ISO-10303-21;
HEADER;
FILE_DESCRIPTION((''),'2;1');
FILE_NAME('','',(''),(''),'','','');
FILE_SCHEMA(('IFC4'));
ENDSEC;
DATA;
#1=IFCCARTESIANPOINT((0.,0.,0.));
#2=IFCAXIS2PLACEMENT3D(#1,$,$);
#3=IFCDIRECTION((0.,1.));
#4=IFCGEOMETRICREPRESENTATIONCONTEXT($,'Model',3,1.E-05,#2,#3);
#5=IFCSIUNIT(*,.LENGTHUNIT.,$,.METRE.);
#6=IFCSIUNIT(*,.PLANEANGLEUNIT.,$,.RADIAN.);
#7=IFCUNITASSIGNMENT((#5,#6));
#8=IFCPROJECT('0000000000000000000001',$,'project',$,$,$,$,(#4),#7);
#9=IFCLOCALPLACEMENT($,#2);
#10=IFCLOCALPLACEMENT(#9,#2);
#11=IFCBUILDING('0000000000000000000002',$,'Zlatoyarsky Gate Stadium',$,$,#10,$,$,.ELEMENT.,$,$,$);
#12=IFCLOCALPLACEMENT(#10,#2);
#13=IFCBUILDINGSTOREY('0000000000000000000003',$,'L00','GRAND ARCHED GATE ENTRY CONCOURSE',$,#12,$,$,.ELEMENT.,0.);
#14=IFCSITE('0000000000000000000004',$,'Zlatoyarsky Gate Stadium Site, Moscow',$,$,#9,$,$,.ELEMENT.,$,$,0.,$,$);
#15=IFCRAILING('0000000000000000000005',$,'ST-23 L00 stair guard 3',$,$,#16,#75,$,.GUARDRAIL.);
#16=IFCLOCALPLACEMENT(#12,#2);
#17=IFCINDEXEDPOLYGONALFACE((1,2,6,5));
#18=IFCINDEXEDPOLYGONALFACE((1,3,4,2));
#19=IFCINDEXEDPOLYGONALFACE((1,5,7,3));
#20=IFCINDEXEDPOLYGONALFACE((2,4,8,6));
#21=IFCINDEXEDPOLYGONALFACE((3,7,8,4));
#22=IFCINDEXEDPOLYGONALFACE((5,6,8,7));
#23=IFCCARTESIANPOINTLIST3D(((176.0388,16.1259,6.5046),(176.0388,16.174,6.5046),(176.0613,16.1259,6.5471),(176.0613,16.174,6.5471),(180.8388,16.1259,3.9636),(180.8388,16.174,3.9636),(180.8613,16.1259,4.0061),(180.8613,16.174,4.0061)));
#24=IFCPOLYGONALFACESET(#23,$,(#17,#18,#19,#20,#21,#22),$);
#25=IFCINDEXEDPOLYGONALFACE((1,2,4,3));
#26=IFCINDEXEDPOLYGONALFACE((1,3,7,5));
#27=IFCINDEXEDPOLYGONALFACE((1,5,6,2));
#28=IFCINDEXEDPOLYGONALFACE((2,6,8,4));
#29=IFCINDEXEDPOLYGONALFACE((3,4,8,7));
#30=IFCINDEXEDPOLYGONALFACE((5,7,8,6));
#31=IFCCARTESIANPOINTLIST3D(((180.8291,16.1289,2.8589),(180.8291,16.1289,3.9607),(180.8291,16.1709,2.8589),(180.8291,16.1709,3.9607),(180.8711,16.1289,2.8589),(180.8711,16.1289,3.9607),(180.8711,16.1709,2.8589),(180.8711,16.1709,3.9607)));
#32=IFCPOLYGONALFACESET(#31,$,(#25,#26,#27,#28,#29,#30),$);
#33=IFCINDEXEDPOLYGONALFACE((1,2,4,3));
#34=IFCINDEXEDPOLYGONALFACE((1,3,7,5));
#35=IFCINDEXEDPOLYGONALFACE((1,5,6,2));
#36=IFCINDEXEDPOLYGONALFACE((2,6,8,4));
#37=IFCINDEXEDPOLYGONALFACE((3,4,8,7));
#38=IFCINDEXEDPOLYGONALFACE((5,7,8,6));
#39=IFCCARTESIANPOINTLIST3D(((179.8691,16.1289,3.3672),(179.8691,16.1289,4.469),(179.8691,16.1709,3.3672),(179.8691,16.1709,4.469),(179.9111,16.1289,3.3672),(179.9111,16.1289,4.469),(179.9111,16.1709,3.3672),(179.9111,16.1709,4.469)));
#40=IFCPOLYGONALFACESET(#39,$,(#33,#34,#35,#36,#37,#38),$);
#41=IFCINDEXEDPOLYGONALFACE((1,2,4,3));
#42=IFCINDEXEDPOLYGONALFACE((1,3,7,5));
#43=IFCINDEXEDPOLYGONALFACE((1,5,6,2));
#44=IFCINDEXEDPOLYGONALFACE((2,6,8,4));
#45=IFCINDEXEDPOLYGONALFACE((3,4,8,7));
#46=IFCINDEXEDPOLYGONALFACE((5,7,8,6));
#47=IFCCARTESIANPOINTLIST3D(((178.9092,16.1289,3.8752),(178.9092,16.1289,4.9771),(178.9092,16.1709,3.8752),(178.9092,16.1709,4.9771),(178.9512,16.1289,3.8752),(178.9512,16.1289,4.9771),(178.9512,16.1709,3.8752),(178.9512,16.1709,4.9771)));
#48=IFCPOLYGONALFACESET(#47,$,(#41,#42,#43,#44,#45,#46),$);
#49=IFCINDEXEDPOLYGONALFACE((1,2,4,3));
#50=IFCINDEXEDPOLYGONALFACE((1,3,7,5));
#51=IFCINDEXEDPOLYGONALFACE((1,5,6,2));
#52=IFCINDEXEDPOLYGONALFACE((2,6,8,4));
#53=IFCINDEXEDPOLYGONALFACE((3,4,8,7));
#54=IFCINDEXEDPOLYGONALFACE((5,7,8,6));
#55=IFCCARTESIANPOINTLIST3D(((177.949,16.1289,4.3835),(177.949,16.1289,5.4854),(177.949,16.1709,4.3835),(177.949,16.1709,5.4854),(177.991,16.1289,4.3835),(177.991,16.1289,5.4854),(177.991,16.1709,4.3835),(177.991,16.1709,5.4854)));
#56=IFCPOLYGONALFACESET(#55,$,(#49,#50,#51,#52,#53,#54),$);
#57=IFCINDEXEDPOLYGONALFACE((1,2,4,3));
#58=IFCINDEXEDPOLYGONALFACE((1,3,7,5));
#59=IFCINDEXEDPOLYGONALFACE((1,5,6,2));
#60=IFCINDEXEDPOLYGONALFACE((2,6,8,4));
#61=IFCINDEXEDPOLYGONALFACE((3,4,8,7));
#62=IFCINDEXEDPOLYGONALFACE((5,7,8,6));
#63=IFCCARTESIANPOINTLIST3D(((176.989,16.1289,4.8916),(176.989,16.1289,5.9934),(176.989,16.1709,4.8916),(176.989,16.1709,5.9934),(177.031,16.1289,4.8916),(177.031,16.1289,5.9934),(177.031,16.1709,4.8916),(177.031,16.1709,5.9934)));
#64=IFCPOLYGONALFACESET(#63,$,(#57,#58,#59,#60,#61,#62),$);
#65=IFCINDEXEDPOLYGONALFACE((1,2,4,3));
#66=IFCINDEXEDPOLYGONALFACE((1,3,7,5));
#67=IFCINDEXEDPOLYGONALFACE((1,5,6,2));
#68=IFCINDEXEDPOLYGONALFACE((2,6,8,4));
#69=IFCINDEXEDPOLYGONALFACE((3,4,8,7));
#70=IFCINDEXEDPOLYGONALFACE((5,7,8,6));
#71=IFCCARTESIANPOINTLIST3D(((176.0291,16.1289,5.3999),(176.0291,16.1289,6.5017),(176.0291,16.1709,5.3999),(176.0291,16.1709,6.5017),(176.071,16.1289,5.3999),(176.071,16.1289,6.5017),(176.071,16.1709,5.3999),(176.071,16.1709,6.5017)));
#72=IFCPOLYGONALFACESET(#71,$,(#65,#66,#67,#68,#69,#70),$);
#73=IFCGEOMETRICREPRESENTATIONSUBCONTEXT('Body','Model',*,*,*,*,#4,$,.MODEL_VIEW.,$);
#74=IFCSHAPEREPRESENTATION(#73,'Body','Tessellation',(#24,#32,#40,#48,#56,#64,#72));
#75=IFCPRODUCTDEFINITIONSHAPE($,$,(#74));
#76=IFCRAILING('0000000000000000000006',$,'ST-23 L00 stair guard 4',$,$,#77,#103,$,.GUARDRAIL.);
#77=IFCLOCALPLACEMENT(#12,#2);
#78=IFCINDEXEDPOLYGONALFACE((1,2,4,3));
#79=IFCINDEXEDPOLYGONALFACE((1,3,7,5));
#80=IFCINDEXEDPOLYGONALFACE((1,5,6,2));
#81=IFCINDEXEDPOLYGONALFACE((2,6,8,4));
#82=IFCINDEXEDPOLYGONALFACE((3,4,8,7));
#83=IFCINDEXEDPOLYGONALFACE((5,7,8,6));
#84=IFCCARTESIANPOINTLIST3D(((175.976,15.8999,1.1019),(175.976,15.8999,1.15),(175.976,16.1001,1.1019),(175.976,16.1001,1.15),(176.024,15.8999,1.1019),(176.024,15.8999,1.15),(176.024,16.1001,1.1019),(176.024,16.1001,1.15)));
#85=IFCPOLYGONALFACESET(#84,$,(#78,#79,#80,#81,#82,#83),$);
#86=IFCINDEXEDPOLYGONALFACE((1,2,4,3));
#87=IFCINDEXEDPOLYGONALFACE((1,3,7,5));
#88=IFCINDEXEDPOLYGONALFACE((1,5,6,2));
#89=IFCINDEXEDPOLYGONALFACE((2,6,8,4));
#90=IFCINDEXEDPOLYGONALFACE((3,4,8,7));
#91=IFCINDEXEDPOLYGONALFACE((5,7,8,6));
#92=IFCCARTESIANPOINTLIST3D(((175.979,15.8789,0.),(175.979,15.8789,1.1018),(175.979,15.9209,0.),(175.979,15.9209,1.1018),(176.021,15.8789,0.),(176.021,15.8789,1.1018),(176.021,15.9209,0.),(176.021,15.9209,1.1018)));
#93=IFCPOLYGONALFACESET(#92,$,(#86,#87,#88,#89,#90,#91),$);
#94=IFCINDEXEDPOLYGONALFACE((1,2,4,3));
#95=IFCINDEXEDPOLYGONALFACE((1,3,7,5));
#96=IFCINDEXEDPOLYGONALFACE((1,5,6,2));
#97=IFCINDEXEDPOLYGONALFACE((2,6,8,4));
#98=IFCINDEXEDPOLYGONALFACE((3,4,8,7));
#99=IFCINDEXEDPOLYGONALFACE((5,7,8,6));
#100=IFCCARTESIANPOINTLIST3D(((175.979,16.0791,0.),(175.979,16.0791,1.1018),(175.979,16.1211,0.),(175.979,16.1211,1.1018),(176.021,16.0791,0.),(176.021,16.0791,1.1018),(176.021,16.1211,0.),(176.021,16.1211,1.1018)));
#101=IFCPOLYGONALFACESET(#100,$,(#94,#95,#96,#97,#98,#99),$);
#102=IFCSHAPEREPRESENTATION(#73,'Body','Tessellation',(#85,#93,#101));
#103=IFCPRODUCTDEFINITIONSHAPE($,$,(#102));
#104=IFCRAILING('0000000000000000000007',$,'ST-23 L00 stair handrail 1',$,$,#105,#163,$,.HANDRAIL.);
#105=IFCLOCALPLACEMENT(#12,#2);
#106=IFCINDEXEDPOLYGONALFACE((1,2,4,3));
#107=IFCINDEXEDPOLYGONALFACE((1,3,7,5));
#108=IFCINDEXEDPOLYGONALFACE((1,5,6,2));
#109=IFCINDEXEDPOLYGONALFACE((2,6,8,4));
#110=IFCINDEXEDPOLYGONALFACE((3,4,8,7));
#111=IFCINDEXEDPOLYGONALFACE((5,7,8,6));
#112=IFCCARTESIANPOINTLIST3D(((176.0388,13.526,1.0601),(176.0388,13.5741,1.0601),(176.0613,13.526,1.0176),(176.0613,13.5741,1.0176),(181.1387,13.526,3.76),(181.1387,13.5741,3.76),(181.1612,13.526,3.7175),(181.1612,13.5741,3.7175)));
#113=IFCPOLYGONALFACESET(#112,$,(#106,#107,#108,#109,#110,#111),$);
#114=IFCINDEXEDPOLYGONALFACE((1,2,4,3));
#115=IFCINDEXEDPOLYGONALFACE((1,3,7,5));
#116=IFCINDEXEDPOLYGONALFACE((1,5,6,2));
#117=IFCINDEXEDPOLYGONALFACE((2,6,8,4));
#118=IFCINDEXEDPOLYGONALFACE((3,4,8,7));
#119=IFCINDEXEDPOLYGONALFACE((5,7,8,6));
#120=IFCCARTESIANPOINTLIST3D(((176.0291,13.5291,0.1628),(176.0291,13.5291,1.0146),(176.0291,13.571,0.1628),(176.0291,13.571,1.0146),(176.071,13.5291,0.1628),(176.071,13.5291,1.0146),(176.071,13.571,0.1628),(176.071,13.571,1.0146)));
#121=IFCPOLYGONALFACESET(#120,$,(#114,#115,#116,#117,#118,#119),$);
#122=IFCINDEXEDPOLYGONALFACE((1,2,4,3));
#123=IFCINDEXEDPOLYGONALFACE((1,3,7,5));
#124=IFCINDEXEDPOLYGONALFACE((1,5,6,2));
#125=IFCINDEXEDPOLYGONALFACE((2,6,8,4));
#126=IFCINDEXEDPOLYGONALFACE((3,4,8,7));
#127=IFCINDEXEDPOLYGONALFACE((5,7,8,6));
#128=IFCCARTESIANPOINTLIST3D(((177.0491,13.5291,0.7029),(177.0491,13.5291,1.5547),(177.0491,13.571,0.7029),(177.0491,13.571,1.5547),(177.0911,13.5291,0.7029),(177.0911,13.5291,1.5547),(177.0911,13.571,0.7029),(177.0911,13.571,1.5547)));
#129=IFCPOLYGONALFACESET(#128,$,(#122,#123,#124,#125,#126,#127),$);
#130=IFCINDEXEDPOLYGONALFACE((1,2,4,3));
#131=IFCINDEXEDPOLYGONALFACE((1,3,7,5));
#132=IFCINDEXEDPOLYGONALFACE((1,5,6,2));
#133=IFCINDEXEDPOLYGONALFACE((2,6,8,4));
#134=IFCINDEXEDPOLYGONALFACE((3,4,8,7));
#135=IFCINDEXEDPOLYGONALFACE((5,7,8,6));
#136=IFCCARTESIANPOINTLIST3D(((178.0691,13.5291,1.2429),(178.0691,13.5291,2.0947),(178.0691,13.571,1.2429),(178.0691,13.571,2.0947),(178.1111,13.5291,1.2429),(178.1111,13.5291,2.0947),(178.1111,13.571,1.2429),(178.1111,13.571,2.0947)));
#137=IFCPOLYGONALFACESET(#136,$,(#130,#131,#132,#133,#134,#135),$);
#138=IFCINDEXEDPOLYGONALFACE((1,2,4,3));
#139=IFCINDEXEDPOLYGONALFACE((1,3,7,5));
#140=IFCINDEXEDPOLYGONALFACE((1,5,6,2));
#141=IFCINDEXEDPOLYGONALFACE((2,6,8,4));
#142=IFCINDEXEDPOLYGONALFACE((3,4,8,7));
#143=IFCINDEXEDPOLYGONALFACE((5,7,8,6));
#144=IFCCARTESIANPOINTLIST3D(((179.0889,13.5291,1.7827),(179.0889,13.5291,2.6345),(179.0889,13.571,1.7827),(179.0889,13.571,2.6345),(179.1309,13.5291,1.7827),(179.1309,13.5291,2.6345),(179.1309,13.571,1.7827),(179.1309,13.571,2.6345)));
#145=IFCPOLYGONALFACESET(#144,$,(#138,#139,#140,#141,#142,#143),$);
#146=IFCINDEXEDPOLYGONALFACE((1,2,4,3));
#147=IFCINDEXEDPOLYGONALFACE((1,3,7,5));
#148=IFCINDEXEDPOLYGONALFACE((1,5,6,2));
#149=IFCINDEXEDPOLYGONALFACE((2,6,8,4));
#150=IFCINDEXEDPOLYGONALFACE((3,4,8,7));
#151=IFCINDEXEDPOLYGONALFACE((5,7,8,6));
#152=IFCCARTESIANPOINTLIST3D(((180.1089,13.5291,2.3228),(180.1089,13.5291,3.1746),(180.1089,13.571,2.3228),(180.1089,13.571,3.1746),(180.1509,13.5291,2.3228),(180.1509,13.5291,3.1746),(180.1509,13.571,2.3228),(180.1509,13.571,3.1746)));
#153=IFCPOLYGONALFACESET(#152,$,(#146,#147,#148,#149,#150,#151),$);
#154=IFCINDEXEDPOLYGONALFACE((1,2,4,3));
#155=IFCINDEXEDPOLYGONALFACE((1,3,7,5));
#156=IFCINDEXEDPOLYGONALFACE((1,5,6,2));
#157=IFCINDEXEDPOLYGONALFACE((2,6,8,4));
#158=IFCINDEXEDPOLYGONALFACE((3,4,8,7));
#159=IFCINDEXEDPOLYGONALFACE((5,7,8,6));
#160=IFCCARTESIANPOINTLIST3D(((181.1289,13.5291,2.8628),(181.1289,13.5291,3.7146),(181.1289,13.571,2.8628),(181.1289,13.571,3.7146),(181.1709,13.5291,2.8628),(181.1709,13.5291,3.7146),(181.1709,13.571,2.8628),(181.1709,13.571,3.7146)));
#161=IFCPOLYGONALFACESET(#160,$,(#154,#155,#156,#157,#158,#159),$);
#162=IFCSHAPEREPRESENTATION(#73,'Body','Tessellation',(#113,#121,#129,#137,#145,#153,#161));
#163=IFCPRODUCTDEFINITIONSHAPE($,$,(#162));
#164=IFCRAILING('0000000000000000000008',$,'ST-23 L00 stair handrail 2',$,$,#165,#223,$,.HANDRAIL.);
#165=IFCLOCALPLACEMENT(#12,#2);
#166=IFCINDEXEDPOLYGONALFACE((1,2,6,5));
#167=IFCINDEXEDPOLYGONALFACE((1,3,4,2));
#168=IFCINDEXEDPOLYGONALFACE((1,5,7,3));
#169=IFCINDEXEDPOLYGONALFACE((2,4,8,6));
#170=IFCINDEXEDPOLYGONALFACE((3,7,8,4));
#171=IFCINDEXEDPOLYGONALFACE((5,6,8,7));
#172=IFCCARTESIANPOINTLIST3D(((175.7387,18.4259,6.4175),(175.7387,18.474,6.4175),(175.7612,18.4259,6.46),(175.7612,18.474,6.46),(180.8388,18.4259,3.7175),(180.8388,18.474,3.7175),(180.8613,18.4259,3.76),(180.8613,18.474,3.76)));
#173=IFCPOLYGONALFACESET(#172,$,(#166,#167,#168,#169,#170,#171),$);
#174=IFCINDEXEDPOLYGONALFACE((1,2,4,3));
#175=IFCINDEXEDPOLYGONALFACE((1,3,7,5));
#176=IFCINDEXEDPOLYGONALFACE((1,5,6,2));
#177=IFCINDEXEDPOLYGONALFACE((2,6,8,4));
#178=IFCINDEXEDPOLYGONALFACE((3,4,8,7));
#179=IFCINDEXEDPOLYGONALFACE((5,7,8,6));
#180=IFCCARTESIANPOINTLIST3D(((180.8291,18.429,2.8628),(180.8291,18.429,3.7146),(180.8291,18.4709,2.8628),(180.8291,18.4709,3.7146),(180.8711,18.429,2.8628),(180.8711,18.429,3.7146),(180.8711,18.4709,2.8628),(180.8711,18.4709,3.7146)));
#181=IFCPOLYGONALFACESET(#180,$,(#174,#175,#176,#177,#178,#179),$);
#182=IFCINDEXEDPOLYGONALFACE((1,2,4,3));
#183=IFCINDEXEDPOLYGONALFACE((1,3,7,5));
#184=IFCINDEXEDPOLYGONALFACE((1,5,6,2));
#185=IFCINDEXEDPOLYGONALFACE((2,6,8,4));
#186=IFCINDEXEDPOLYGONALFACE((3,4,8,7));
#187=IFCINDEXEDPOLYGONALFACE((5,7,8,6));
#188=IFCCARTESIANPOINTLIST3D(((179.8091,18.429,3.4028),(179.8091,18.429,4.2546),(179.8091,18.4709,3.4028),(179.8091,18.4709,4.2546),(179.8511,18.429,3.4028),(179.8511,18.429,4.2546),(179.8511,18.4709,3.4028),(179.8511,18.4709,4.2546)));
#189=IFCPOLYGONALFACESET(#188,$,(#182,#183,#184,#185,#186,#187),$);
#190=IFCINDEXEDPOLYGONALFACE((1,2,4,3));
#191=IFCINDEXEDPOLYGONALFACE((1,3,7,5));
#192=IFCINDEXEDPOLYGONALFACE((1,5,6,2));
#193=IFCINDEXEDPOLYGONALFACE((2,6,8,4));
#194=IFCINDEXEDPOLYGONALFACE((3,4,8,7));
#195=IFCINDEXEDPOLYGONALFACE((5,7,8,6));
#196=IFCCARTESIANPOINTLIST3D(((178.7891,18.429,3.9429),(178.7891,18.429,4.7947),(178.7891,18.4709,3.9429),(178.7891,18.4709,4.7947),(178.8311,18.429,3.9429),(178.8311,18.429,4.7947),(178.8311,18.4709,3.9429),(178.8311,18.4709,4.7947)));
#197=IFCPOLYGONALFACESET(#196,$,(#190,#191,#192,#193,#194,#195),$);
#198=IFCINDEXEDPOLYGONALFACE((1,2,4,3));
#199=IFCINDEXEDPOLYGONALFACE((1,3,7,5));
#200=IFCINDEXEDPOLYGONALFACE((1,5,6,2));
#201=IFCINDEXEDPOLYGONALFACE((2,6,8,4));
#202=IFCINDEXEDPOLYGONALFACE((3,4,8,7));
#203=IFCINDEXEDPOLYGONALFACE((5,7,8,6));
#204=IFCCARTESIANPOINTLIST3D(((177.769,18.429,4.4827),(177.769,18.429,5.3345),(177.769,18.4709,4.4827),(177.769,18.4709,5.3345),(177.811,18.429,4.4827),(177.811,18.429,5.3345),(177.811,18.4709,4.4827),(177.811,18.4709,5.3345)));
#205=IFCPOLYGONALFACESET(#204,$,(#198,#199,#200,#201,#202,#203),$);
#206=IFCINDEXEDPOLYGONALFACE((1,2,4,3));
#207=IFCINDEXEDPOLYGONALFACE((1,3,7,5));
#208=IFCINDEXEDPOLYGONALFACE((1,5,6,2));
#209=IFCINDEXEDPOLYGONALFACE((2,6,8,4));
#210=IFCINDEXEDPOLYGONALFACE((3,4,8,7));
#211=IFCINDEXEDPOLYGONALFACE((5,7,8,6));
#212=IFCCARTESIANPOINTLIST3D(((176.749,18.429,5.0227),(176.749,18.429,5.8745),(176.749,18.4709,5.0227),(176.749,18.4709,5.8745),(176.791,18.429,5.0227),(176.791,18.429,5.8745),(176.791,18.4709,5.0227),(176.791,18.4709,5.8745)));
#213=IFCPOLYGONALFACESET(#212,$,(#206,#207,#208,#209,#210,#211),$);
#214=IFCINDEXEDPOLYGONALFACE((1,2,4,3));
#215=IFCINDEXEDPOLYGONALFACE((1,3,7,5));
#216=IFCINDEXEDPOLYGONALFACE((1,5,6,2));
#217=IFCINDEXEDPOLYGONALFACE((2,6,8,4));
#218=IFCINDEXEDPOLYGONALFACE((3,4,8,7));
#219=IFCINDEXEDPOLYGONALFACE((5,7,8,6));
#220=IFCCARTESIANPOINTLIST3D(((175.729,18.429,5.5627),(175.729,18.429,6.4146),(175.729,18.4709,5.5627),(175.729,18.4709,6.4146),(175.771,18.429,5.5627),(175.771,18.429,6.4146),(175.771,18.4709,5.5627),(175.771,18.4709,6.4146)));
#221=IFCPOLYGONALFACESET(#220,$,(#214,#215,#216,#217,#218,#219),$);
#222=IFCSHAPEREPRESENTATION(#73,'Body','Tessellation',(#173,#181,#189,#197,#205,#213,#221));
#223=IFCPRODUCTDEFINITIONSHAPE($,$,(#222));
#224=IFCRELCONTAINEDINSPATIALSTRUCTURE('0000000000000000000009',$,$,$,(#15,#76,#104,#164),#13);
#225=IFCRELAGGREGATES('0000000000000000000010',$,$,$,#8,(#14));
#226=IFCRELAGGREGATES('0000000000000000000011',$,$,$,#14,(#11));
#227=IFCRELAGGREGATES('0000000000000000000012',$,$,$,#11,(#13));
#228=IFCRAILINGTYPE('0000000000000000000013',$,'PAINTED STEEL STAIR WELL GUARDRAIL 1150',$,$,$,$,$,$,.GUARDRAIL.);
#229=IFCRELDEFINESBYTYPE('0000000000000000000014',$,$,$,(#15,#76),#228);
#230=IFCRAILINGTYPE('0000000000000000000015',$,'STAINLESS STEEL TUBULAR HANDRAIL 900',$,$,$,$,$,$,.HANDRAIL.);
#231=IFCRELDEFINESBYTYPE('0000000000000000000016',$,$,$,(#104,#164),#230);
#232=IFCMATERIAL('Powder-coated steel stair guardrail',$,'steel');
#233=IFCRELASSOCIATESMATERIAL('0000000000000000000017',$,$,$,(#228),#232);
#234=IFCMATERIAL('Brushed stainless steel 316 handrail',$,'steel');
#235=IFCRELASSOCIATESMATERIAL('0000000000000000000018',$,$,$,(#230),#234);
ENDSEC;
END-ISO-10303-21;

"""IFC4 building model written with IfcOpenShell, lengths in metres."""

from ifc_helpers import new_model, si_unit, direction, frame, origin, origin_2d, place, context, subcontext, project, spatial, rectangle, extrude, material, type_object, element, save


model = new_model("IFC4")

# Units and contexts
model_context = context("Model", 3, precision=1e-05, world=origin(), true_north=direction((0.0, 1.0)))
body_context = subcontext(model_context, "Body", "Model", "MODEL_VIEW")
ifc_project = project(units=[si_unit("LENGTHUNIT", "METRE"), si_unit("PLANEANGLEUNIT", "RADIAN")], contexts=[model_context])

# Site, building, storey
site_placement = place(None, origin())
site = spatial("IfcSite", under=ifc_project, at=site_placement, Name="Zlatoyarsky Gate Stadium Site, Moscow", CompositionType="ELEMENT", RefElevation=0.0)
building_placement = place(site_placement, origin())
building = spatial("IfcBuilding", under=site, at=building_placement, Name="Zlatoyarsky Gate Stadium", CompositionType="ELEMENT")
storey_placement = place(building_placement, origin())
storey = spatial("IfcBuildingStorey", under=building, at=storey_placement, Name="L00", Description="GRAND ARCHED GATE ENTRY CONCOURSE", CompositionType="ELEMENT", Elevation=0.0)

# Railings
ifc_material_1 = material(Name="Powder-coated steel stair guardrail", Category="steel")
railing_type_1 = type_object("IfcRailingType", Name="PAINTED STEEL STAIR WELL GUARDRAIL 1150", PredefinedType="GUARDRAIL", material=ifc_material_1)
railing_1_placement = place(storey_placement, frame((180.8501, 16.1499, 2.8589)))
element("IfcRailing", 1, at=railing_1_placement, inside=storey, type_object=railing_type_1, Name="ST-23 L00 stair guard 3", PredefinedType="GUARDRAIL", context=body_context, shape_type="SweptSolid", body=[
    extrude(rectangle(XDim=0.0481, YDim=0.0481, at=origin_2d()), frame((0.0, 0.0, 1.126), z_axis=(-0.883802, 0.0, 0.467861), x_axis=(0.0, -1.0, 0.0)), (0.0, 0.0, 1.0), 5.4312),
    extrude(rectangle(XDim=0.042, YDim=0.042, at=origin_2d()), origin(), (0.0, 0.0, 1.0), 1.1018),
    extrude(rectangle(XDim=0.042, YDim=0.042, at=origin_2d()), frame((-0.96, 0.0, 0.5083)), (0.0, 0.0, 1.0), 1.1018),
    extrude(rectangle(XDim=0.042, YDim=0.042, at=origin_2d()), frame((-1.9199, 0.0, 1.0164)), (0.0, 0.0, 1.0), 1.1018),
    extrude(rectangle(XDim=0.042, YDim=0.042, at=origin_2d()), frame((-2.8801, 0.0, 1.5247)), (0.0, 0.0, 1.0), 1.1018),
    extrude(rectangle(XDim=0.042, YDim=0.042, at=origin_2d()), frame((-3.8401, 0.0, 2.0327)), (0.0, 0.0, 1.0), 1.1018),
    extrude(rectangle(XDim=0.042, YDim=0.042, at=origin_2d()), frame((-4.8, 0.0, 2.541)), (0.0, 0.0, 1.0), 1.1018),
])
railing_2_placement = place(storey_placement, frame((176.0, 15.8999, 0.0)))
element("IfcRailing", 2, at=railing_2_placement, inside=storey, type_object=railing_type_1, Name="ST-23 L00 stair guard 4", PredefinedType="GUARDRAIL", context=body_context, shape_type="SweptSolid", body=[
    extrude(rectangle(XDim=0.0481, YDim=0.0481, at=origin_2d()), frame((0.0, 0.0, 1.126), z_axis=(0.0, 1.0, 0.0), x_axis=(-1.0, 0.0, 0.0)), (0.0, 0.0, 1.0), 0.2002),
    extrude(rectangle(XDim=0.042, YDim=0.042, at=origin_2d()), origin(), (0.0, 0.0, 1.0), 1.1018),
    extrude(rectangle(XDim=0.042, YDim=0.042, at=origin_2d()), frame((0.0, 0.2002, 0.0)), (0.0, 0.0, 1.0), 1.1018),
])
ifc_material_2 = material(Name="Brushed stainless steel 316 handrail", Category="steel")
railing_type_2 = type_object("IfcRailingType", Name="STAINLESS STEEL TUBULAR HANDRAIL 900", PredefinedType="HANDRAIL", material=ifc_material_2)
railing_3_placement = place(storey_placement, frame((176.05, 13.55, 0.1628)))
element("IfcRailing", 3, at=railing_3_placement, inside=storey, type_object=railing_type_2, Name="ST-23 L00 stair handrail 1", PredefinedType="HANDRAIL", context=body_context, shape_type="SweptSolid", body=[
    extrude(rectangle(XDim=0.0481, YDim=0.0481, at=origin_2d()), frame((0.0, 0.0, 0.876), z_axis=(0.883786, 0.0, 0.467892), x_axis=(0.0, 1.0, 0.0)), (0.0, 0.0, 1.0), 5.7705),
    extrude(rectangle(XDim=0.042, YDim=0.042, at=origin_2d()), origin(), (0.0, 0.0, 1.0), 0.8518),
    extrude(rectangle(XDim=0.042, YDim=0.042, at=origin_2d()), frame((1.02, 0.0, 0.54)), (0.0, 0.0, 1.0), 0.8518),
    extrude(rectangle(XDim=0.042, YDim=0.042, at=origin_2d()), frame((2.04, 0.0, 1.0801)), (0.0, 0.0, 1.0), 0.8518),
    extrude(rectangle(XDim=0.042, YDim=0.042, at=origin_2d()), frame((3.0598, 0.0, 1.6199)), (0.0, 0.0, 1.0), 0.8518),
    extrude(rectangle(XDim=0.042, YDim=0.042, at=origin_2d()), frame((4.0798, 0.0, 2.1599)), (0.0, 0.0, 1.0), 0.8518),
    extrude(rectangle(XDim=0.042, YDim=0.042, at=origin_2d()), frame((5.0999, 0.0, 2.7)), (0.0, 0.0, 1.0), 0.8518),
])
railing_4_placement = place(storey_placement, frame((180.8501, 18.45, 2.8628)))
element("IfcRailing", 4, at=railing_4_placement, inside=storey, type_object=railing_type_2, Name="ST-23 L00 stair handrail 2", PredefinedType="HANDRAIL", context=body_context, shape_type="SweptSolid", body=[
    extrude(rectangle(XDim=0.0481, YDim=0.0481, at=origin_2d()), frame((0.0, 0.0, 0.876), z_axis=(-0.883795, 0.0, 0.467874), x_axis=(0.0, -1.0, 0.0)), (0.0, 0.0, 1.0), 5.7708),
    extrude(rectangle(XDim=0.042, YDim=0.042, at=origin_2d()), origin(), (0.0, 0.0, 1.0), 0.8518),
    extrude(rectangle(XDim=0.042, YDim=0.042, at=origin_2d()), frame((-1.02, 0.0, 0.54)), (0.0, 0.0, 1.0), 0.8518),
    extrude(rectangle(XDim=0.042, YDim=0.042, at=origin_2d()), frame((-2.04, 0.0, 1.0801)), (0.0, 0.0, 1.0), 0.8518),
    extrude(rectangle(XDim=0.042, YDim=0.042, at=origin_2d()), frame((-3.0601, 0.0, 1.6199)), (0.0, 0.0, 1.0), 0.8518),
    extrude(rectangle(XDim=0.042, YDim=0.042, at=origin_2d()), frame((-4.0801, 0.0, 2.1599)), (0.0, 0.0, 1.0), 0.8518),
    extrude(rectangle(XDim=0.042, YDim=0.042, at=origin_2d()), frame((-5.1001, 0.0, 2.7)), (0.0, 0.0, 1.0), 0.8518),
])

save(model, "model.ifc")
